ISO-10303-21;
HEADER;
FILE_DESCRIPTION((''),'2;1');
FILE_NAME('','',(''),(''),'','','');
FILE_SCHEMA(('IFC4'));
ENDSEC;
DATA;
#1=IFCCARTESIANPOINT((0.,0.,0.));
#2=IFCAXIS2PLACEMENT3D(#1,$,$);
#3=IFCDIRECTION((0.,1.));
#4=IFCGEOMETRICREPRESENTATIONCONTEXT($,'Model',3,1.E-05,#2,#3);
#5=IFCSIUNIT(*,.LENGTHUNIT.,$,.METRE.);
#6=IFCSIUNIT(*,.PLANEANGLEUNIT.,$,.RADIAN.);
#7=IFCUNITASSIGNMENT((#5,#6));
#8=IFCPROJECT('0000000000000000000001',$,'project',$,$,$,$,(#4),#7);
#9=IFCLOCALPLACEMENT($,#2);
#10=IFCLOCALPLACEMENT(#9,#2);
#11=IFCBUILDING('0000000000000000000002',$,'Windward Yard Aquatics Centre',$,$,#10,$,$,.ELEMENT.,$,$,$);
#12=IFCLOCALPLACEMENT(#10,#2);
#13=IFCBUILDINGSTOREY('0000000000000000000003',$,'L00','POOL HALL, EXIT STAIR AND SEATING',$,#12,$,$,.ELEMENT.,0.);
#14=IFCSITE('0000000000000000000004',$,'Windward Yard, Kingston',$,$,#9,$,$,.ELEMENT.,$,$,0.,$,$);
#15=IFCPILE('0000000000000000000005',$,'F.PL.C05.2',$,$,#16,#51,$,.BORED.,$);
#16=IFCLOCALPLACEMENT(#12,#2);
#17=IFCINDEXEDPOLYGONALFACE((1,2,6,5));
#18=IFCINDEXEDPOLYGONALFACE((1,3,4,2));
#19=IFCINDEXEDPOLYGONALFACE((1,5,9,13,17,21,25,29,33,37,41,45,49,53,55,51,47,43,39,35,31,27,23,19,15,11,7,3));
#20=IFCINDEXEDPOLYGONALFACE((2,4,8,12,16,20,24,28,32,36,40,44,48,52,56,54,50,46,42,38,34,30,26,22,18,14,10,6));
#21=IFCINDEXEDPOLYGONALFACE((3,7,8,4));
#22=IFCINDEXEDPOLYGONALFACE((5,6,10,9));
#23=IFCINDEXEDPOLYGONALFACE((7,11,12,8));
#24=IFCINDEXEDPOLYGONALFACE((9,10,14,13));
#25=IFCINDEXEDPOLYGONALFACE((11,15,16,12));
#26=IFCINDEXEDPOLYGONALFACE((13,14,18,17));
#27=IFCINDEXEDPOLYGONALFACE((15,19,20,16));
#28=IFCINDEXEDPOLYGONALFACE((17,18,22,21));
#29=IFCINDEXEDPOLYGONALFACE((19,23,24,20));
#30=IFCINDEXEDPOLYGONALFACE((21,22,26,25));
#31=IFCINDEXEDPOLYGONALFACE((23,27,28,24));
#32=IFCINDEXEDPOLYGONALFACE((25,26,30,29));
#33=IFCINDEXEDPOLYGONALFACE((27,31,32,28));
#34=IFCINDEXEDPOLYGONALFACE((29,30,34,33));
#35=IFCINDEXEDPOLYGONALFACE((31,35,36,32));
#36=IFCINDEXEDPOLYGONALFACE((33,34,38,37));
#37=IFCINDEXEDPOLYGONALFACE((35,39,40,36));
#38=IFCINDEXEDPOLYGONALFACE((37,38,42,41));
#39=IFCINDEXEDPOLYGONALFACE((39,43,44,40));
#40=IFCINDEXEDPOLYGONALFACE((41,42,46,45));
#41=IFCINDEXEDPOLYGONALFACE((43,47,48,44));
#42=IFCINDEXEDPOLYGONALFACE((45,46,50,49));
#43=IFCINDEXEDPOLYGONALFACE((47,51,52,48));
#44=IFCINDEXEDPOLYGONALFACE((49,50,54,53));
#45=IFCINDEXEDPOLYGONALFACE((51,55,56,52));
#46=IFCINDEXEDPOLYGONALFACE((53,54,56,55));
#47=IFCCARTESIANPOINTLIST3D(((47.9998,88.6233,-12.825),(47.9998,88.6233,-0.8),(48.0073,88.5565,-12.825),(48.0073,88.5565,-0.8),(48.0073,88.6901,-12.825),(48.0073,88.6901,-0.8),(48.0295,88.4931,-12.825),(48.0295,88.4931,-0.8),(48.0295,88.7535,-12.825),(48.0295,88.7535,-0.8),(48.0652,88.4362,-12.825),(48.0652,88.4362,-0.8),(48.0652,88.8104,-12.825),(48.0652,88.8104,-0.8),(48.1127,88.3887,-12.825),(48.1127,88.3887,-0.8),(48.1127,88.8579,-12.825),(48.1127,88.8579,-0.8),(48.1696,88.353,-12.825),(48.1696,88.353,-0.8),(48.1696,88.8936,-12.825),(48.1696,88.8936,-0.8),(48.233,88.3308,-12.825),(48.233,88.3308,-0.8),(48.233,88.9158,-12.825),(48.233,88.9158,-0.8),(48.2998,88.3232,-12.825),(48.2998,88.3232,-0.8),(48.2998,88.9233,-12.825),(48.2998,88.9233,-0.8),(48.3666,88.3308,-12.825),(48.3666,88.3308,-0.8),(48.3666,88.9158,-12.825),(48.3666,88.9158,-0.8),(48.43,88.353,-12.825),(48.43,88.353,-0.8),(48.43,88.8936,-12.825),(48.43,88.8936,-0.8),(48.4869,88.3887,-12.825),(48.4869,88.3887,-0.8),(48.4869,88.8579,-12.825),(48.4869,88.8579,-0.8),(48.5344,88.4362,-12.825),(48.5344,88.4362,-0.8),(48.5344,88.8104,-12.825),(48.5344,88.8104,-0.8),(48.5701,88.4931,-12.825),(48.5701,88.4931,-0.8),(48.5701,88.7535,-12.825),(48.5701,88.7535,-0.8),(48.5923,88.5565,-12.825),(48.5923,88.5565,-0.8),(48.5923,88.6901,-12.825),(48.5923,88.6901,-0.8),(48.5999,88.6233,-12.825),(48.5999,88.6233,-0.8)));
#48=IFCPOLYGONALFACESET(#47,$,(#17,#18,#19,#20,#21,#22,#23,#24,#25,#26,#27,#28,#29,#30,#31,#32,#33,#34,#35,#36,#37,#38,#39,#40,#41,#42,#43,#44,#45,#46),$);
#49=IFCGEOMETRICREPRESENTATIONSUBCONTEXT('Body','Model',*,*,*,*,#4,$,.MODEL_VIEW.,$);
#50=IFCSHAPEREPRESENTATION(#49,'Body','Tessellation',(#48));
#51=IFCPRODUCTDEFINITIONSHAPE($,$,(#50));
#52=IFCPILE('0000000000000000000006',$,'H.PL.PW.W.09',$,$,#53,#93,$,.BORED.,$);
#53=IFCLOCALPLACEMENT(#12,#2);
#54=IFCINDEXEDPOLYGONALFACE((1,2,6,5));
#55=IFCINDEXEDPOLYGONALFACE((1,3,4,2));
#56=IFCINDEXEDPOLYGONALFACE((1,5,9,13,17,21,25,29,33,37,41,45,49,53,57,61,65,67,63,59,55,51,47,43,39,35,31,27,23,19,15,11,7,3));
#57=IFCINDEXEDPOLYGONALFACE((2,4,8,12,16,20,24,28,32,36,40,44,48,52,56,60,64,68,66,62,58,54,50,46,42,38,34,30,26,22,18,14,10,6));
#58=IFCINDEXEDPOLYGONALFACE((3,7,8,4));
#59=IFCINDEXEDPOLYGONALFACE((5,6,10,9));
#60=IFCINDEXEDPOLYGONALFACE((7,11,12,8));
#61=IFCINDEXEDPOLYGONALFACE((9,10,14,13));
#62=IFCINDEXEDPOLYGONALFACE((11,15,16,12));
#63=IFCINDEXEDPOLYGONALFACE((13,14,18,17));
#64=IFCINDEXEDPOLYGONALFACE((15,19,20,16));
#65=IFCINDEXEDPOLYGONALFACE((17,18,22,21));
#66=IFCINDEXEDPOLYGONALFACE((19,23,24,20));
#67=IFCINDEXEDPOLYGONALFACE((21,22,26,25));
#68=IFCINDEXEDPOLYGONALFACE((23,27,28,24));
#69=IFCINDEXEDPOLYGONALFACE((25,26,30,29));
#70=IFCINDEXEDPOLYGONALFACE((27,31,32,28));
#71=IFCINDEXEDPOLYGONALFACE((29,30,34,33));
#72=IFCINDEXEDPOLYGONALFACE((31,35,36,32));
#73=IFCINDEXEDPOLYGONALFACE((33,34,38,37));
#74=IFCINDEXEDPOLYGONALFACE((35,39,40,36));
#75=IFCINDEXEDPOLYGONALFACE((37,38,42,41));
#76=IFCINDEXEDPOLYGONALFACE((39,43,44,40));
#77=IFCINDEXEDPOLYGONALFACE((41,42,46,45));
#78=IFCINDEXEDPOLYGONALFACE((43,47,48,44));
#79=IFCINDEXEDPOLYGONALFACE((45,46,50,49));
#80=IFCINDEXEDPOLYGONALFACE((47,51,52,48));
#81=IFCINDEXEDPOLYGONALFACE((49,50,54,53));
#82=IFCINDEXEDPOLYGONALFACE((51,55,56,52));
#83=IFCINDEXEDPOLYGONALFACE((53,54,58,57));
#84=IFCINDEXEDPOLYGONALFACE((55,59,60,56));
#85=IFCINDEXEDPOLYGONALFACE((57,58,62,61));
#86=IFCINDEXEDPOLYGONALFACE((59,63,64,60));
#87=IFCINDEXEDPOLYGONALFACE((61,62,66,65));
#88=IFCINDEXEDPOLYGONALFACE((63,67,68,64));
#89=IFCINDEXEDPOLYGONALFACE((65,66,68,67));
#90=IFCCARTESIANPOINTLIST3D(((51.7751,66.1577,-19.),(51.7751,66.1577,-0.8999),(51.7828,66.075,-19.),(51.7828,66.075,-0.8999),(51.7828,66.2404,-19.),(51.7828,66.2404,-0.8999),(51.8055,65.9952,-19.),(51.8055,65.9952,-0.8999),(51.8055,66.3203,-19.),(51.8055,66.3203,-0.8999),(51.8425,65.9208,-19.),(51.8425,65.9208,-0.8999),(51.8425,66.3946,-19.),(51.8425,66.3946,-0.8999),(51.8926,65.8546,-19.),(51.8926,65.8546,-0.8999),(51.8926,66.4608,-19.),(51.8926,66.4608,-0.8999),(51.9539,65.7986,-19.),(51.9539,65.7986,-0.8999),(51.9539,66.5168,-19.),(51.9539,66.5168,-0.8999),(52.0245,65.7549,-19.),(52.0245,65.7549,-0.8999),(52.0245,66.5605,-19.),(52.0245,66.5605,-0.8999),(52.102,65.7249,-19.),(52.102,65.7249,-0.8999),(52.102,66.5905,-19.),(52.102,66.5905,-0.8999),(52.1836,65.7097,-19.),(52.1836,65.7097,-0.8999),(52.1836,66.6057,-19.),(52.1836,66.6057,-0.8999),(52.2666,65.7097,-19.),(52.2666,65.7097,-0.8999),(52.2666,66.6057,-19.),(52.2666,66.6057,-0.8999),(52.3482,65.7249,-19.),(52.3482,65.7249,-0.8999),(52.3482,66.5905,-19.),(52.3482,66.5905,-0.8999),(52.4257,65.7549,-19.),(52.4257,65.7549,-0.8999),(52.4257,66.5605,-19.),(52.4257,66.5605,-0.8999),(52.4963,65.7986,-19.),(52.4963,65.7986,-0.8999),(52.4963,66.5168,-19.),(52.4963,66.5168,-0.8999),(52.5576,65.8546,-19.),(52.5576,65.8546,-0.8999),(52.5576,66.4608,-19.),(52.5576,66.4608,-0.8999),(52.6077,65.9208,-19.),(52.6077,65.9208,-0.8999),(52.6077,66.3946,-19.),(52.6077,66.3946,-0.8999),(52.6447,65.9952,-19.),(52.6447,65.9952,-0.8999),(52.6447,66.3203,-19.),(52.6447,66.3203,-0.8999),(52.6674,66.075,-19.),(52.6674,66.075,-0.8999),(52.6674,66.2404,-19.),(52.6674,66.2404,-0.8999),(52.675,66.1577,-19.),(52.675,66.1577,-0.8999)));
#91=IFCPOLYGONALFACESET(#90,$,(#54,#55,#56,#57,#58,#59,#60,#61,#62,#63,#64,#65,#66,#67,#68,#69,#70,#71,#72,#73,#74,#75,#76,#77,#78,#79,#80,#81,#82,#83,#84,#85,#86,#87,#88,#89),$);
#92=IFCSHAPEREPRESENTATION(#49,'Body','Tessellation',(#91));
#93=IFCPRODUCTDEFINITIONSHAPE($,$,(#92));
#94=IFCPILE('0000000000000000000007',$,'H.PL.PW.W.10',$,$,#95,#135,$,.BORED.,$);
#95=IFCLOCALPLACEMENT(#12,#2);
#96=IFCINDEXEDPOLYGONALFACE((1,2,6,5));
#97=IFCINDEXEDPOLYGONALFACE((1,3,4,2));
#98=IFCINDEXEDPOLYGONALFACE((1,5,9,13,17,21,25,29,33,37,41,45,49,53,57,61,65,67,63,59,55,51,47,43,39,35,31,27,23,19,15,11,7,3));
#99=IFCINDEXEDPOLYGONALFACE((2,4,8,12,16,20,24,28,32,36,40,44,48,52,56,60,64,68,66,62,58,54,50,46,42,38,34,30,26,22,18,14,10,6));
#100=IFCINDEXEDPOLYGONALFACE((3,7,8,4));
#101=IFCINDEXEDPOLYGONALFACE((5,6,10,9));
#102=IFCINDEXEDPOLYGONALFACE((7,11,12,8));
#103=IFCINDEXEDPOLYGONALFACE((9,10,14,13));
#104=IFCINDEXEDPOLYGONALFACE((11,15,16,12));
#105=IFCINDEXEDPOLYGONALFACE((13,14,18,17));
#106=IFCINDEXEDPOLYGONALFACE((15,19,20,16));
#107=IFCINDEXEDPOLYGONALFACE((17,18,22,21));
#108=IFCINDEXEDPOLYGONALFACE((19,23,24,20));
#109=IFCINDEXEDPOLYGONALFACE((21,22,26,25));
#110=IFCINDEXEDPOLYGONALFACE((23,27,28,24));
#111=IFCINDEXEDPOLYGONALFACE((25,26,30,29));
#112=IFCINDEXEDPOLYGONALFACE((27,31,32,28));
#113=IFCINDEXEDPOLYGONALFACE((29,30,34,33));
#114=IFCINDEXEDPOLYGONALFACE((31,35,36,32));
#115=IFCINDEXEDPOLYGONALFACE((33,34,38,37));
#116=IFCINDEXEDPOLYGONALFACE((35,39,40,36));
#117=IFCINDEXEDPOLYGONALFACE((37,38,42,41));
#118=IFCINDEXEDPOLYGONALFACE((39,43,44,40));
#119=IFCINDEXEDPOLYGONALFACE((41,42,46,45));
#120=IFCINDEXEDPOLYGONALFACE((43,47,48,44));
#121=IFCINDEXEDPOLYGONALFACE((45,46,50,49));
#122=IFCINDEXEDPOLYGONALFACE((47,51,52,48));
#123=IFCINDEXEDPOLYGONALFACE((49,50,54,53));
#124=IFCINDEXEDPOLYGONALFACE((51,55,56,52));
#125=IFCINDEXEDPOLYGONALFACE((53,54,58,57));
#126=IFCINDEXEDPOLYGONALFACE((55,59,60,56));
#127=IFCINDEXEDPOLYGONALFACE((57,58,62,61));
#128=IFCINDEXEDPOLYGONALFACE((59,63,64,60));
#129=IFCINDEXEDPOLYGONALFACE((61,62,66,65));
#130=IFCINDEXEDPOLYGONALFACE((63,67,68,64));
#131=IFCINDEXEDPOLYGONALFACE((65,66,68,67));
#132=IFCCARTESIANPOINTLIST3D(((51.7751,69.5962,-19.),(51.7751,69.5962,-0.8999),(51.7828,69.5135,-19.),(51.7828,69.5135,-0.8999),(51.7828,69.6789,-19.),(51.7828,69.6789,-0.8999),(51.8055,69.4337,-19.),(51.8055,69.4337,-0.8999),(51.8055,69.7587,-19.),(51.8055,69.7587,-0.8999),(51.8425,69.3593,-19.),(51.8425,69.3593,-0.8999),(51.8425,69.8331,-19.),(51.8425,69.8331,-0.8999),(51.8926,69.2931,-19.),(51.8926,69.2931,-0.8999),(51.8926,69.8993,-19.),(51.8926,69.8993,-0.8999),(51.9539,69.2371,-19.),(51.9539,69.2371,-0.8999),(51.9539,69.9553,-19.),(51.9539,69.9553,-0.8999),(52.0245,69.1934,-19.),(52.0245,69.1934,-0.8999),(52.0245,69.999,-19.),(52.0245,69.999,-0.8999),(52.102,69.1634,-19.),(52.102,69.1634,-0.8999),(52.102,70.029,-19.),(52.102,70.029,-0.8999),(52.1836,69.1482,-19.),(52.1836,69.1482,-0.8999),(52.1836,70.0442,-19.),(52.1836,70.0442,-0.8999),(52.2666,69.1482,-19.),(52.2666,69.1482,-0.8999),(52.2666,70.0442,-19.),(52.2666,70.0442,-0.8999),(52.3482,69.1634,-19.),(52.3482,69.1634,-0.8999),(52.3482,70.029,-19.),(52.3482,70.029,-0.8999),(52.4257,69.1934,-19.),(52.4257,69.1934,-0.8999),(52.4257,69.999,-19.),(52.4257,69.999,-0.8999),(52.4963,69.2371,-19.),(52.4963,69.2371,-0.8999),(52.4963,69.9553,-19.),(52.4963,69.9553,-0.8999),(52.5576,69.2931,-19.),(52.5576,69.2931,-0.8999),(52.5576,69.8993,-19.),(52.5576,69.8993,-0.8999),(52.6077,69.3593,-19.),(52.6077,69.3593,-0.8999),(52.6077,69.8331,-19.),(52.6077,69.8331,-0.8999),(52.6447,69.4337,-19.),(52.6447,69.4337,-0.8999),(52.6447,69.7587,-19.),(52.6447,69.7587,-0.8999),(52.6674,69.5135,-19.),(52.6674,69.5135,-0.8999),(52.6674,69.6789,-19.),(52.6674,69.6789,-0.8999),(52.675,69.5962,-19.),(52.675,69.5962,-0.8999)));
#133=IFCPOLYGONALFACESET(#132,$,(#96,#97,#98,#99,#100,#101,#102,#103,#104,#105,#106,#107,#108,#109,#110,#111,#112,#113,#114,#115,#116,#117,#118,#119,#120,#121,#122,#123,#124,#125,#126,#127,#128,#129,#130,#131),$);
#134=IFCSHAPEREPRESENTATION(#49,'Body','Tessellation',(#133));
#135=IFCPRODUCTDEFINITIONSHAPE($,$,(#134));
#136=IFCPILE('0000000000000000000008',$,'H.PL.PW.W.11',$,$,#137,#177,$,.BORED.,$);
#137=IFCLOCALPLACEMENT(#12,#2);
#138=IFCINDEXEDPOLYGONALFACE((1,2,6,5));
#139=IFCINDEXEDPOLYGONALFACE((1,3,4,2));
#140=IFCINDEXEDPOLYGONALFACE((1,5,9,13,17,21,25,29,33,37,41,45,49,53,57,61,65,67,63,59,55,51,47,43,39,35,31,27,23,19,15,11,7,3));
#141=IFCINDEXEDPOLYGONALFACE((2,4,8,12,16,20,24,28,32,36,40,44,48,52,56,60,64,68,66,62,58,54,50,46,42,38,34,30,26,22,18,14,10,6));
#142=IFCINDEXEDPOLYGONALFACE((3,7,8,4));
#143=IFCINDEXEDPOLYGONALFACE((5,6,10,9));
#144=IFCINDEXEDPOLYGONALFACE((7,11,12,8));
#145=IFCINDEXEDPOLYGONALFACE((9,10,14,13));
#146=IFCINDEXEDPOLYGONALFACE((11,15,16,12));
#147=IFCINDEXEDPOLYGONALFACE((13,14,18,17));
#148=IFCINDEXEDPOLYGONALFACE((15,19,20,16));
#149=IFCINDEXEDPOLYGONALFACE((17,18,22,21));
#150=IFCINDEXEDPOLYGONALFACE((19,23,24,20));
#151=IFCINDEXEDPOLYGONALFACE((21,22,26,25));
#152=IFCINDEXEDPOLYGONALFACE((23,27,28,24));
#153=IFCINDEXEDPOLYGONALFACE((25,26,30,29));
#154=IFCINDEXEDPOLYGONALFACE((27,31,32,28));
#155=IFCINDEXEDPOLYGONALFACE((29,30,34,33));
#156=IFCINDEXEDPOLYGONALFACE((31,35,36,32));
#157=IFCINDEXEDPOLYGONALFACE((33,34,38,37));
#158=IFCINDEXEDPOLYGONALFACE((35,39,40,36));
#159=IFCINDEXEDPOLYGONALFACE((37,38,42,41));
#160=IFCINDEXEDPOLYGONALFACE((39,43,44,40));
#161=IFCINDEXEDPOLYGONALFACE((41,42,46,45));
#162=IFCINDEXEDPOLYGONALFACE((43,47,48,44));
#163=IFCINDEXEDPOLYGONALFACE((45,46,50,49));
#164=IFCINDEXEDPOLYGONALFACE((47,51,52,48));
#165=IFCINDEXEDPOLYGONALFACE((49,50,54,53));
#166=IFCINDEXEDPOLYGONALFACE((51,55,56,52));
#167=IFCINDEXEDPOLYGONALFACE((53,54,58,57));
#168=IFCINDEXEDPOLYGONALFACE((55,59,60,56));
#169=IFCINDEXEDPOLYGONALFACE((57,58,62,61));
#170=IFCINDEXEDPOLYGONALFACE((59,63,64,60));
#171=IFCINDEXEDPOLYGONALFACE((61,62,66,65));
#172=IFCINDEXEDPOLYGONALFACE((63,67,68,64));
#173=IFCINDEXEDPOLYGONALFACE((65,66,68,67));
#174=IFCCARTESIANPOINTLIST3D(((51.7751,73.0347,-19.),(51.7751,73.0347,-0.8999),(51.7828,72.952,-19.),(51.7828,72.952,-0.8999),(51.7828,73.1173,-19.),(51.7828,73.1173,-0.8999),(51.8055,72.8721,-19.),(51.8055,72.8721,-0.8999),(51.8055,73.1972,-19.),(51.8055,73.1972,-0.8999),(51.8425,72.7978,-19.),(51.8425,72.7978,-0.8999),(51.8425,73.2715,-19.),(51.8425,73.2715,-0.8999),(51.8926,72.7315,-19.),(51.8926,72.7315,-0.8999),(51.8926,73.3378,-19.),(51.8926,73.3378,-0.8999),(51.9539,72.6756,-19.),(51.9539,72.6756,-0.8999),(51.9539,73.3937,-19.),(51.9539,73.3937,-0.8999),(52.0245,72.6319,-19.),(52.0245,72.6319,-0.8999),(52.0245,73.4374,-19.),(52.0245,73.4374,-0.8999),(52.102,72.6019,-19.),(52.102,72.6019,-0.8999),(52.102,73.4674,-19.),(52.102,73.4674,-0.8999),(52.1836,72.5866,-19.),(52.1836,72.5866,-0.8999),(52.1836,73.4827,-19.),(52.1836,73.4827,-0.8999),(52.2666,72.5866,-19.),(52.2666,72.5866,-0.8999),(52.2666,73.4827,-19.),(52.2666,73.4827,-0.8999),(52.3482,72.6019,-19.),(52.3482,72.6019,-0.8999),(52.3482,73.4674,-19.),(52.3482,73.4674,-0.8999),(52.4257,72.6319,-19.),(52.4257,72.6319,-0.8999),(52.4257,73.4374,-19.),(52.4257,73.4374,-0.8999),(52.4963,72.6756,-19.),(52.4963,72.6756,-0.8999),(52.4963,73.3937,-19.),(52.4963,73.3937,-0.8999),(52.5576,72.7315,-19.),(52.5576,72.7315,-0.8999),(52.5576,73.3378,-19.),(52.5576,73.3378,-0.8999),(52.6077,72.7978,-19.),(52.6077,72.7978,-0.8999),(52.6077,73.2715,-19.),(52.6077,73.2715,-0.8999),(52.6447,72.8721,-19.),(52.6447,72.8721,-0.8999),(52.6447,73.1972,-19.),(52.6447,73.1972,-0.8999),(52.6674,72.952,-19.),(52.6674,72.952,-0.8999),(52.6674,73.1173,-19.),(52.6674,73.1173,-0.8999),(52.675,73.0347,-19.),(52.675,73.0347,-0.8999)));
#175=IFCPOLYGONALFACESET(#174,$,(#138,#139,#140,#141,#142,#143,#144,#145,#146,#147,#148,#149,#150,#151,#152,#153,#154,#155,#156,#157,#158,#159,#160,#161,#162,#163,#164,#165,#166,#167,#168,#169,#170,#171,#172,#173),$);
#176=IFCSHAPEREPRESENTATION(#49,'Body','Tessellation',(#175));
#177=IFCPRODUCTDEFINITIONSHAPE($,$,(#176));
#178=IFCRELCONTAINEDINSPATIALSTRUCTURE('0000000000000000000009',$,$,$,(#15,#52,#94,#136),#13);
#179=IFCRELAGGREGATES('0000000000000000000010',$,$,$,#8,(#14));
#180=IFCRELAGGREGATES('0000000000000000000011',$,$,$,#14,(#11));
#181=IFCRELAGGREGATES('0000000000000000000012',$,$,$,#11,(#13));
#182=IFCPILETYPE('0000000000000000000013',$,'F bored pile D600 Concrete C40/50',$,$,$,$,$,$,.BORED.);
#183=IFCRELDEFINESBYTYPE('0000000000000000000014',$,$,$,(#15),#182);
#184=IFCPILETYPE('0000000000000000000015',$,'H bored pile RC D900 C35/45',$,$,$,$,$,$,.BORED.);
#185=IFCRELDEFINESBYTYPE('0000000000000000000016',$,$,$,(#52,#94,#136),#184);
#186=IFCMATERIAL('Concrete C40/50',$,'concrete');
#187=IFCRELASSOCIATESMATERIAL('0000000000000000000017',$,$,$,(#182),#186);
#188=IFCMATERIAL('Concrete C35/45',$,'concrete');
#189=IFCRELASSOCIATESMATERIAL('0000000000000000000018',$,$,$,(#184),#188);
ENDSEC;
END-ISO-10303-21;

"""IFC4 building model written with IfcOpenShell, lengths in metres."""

from ifc_helpers import new_model, si_unit, direction, frame, origin, origin_2d, place, context, subcontext, project, spatial, circle, extrude, material, material_profile, profile_set, type_object, element, save


model = new_model("IFC4")

# Units and contexts
model_context = context("Model", 3, precision=1e-05, world=origin(), true_north=direction((0.0, 1.0)))
body_context = subcontext(model_context, "Body", "Model", "MODEL_VIEW")
ifc_project = project(units=[si_unit("LENGTHUNIT", "METRE"), si_unit("PLANEANGLEUNIT", "RADIAN")], contexts=[model_context])

# Site, building, storey
site_placement = place(None, origin())
site = spatial("IfcSite", under=ifc_project, at=site_placement, Name="Windward Yard, Kingston", CompositionType="ELEMENT", RefElevation=0.0)
building_placement = place(site_placement, origin())
building = spatial("IfcBuilding", under=site, at=building_placement, Name="Windward Yard Aquatics Centre", CompositionType="ELEMENT")
storey_placement = place(building_placement, origin())
storey = spatial("IfcBuildingStorey", under=building, at=storey_placement, Name="L00", Description="POOL HALL, EXIT STAIR AND SEATING", CompositionType="ELEMENT", Elevation=0.0)

# Piles
ifc_material_1 = material(Name="Concrete C40/50", Category="concrete")
ifc_material_profile_1 = material_profile(ifc_material_1, circle(Radius=0.3, at=origin_2d()), Name="D600")
ifc_profile_set_1 = profile_set([ifc_material_profile_1], Name="Concrete C40/50")
pile_type_1 = type_object("IfcPileType", Name="F bored pile D600 Concrete C40/50", PredefinedType="BORED", material=ifc_profile_set_1)
for number, where, z_axis, x_axis, name in (
    (1, (48.2998, 88.6233, -0.8), (0.0, 0.0, -1.0), (1.0, 0.0, 0.0), "F.PL.C05.2"),
):
    element("IfcPile", number, at=place(storey_placement, frame(where, z_axis=z_axis, x_axis=x_axis)), inside=storey, type_object=pile_type_1, Name=name, PredefinedType="BORED", context=body_context, shape_type="SweptSolid", body=[
        extrude(circle(Radius=0.3, at=origin_2d()), origin(), (0.0, 0.0, 1.0), 12.0249),
    ])
ifc_material_2 = material(Name="Concrete C35/45", Category="concrete")
ifc_material_profile_2 = material_profile(ifc_material_2, circle(Radius=0.45, at=origin_2d()), Name="RC D900")
ifc_profile_set_2 = profile_set([ifc_material_profile_2], Name="Concrete C35/45")
pile_type_2 = type_object("IfcPileType", Name="H bored pile RC D900 C35/45", PredefinedType="BORED", material=ifc_profile_set_2)
for number, where, z_axis, x_axis, name in (
    (2, (52.2251, 66.1577, -0.8999), (0.0, 0.0, -1.0), (1.0, 0.0, 0.0), "H.PL.PW.W.09"),
    (3, (52.2251, 69.5962, -0.8999), (0.0, 0.0, -1.0), (1.0, 0.0, 0.0), "H.PL.PW.W.10"),
    (4, (52.2251, 73.0347, -0.8999), (0.0, 0.0, -1.0), (1.0, 0.0, 0.0), "H.PL.PW.W.11"),
):
    element("IfcPile", number, at=place(storey_placement, frame(where, z_axis=z_axis, x_axis=x_axis)), inside=storey, type_object=pile_type_2, Name=name, PredefinedType="BORED", context=body_context, shape_type="SweptSolid", body=[
        extrude(circle(Radius=0.45, at=origin_2d()), origin(), (0.0, 0.0, 1.0), 18.1001),
    ])

save(model, "model.ifc")
